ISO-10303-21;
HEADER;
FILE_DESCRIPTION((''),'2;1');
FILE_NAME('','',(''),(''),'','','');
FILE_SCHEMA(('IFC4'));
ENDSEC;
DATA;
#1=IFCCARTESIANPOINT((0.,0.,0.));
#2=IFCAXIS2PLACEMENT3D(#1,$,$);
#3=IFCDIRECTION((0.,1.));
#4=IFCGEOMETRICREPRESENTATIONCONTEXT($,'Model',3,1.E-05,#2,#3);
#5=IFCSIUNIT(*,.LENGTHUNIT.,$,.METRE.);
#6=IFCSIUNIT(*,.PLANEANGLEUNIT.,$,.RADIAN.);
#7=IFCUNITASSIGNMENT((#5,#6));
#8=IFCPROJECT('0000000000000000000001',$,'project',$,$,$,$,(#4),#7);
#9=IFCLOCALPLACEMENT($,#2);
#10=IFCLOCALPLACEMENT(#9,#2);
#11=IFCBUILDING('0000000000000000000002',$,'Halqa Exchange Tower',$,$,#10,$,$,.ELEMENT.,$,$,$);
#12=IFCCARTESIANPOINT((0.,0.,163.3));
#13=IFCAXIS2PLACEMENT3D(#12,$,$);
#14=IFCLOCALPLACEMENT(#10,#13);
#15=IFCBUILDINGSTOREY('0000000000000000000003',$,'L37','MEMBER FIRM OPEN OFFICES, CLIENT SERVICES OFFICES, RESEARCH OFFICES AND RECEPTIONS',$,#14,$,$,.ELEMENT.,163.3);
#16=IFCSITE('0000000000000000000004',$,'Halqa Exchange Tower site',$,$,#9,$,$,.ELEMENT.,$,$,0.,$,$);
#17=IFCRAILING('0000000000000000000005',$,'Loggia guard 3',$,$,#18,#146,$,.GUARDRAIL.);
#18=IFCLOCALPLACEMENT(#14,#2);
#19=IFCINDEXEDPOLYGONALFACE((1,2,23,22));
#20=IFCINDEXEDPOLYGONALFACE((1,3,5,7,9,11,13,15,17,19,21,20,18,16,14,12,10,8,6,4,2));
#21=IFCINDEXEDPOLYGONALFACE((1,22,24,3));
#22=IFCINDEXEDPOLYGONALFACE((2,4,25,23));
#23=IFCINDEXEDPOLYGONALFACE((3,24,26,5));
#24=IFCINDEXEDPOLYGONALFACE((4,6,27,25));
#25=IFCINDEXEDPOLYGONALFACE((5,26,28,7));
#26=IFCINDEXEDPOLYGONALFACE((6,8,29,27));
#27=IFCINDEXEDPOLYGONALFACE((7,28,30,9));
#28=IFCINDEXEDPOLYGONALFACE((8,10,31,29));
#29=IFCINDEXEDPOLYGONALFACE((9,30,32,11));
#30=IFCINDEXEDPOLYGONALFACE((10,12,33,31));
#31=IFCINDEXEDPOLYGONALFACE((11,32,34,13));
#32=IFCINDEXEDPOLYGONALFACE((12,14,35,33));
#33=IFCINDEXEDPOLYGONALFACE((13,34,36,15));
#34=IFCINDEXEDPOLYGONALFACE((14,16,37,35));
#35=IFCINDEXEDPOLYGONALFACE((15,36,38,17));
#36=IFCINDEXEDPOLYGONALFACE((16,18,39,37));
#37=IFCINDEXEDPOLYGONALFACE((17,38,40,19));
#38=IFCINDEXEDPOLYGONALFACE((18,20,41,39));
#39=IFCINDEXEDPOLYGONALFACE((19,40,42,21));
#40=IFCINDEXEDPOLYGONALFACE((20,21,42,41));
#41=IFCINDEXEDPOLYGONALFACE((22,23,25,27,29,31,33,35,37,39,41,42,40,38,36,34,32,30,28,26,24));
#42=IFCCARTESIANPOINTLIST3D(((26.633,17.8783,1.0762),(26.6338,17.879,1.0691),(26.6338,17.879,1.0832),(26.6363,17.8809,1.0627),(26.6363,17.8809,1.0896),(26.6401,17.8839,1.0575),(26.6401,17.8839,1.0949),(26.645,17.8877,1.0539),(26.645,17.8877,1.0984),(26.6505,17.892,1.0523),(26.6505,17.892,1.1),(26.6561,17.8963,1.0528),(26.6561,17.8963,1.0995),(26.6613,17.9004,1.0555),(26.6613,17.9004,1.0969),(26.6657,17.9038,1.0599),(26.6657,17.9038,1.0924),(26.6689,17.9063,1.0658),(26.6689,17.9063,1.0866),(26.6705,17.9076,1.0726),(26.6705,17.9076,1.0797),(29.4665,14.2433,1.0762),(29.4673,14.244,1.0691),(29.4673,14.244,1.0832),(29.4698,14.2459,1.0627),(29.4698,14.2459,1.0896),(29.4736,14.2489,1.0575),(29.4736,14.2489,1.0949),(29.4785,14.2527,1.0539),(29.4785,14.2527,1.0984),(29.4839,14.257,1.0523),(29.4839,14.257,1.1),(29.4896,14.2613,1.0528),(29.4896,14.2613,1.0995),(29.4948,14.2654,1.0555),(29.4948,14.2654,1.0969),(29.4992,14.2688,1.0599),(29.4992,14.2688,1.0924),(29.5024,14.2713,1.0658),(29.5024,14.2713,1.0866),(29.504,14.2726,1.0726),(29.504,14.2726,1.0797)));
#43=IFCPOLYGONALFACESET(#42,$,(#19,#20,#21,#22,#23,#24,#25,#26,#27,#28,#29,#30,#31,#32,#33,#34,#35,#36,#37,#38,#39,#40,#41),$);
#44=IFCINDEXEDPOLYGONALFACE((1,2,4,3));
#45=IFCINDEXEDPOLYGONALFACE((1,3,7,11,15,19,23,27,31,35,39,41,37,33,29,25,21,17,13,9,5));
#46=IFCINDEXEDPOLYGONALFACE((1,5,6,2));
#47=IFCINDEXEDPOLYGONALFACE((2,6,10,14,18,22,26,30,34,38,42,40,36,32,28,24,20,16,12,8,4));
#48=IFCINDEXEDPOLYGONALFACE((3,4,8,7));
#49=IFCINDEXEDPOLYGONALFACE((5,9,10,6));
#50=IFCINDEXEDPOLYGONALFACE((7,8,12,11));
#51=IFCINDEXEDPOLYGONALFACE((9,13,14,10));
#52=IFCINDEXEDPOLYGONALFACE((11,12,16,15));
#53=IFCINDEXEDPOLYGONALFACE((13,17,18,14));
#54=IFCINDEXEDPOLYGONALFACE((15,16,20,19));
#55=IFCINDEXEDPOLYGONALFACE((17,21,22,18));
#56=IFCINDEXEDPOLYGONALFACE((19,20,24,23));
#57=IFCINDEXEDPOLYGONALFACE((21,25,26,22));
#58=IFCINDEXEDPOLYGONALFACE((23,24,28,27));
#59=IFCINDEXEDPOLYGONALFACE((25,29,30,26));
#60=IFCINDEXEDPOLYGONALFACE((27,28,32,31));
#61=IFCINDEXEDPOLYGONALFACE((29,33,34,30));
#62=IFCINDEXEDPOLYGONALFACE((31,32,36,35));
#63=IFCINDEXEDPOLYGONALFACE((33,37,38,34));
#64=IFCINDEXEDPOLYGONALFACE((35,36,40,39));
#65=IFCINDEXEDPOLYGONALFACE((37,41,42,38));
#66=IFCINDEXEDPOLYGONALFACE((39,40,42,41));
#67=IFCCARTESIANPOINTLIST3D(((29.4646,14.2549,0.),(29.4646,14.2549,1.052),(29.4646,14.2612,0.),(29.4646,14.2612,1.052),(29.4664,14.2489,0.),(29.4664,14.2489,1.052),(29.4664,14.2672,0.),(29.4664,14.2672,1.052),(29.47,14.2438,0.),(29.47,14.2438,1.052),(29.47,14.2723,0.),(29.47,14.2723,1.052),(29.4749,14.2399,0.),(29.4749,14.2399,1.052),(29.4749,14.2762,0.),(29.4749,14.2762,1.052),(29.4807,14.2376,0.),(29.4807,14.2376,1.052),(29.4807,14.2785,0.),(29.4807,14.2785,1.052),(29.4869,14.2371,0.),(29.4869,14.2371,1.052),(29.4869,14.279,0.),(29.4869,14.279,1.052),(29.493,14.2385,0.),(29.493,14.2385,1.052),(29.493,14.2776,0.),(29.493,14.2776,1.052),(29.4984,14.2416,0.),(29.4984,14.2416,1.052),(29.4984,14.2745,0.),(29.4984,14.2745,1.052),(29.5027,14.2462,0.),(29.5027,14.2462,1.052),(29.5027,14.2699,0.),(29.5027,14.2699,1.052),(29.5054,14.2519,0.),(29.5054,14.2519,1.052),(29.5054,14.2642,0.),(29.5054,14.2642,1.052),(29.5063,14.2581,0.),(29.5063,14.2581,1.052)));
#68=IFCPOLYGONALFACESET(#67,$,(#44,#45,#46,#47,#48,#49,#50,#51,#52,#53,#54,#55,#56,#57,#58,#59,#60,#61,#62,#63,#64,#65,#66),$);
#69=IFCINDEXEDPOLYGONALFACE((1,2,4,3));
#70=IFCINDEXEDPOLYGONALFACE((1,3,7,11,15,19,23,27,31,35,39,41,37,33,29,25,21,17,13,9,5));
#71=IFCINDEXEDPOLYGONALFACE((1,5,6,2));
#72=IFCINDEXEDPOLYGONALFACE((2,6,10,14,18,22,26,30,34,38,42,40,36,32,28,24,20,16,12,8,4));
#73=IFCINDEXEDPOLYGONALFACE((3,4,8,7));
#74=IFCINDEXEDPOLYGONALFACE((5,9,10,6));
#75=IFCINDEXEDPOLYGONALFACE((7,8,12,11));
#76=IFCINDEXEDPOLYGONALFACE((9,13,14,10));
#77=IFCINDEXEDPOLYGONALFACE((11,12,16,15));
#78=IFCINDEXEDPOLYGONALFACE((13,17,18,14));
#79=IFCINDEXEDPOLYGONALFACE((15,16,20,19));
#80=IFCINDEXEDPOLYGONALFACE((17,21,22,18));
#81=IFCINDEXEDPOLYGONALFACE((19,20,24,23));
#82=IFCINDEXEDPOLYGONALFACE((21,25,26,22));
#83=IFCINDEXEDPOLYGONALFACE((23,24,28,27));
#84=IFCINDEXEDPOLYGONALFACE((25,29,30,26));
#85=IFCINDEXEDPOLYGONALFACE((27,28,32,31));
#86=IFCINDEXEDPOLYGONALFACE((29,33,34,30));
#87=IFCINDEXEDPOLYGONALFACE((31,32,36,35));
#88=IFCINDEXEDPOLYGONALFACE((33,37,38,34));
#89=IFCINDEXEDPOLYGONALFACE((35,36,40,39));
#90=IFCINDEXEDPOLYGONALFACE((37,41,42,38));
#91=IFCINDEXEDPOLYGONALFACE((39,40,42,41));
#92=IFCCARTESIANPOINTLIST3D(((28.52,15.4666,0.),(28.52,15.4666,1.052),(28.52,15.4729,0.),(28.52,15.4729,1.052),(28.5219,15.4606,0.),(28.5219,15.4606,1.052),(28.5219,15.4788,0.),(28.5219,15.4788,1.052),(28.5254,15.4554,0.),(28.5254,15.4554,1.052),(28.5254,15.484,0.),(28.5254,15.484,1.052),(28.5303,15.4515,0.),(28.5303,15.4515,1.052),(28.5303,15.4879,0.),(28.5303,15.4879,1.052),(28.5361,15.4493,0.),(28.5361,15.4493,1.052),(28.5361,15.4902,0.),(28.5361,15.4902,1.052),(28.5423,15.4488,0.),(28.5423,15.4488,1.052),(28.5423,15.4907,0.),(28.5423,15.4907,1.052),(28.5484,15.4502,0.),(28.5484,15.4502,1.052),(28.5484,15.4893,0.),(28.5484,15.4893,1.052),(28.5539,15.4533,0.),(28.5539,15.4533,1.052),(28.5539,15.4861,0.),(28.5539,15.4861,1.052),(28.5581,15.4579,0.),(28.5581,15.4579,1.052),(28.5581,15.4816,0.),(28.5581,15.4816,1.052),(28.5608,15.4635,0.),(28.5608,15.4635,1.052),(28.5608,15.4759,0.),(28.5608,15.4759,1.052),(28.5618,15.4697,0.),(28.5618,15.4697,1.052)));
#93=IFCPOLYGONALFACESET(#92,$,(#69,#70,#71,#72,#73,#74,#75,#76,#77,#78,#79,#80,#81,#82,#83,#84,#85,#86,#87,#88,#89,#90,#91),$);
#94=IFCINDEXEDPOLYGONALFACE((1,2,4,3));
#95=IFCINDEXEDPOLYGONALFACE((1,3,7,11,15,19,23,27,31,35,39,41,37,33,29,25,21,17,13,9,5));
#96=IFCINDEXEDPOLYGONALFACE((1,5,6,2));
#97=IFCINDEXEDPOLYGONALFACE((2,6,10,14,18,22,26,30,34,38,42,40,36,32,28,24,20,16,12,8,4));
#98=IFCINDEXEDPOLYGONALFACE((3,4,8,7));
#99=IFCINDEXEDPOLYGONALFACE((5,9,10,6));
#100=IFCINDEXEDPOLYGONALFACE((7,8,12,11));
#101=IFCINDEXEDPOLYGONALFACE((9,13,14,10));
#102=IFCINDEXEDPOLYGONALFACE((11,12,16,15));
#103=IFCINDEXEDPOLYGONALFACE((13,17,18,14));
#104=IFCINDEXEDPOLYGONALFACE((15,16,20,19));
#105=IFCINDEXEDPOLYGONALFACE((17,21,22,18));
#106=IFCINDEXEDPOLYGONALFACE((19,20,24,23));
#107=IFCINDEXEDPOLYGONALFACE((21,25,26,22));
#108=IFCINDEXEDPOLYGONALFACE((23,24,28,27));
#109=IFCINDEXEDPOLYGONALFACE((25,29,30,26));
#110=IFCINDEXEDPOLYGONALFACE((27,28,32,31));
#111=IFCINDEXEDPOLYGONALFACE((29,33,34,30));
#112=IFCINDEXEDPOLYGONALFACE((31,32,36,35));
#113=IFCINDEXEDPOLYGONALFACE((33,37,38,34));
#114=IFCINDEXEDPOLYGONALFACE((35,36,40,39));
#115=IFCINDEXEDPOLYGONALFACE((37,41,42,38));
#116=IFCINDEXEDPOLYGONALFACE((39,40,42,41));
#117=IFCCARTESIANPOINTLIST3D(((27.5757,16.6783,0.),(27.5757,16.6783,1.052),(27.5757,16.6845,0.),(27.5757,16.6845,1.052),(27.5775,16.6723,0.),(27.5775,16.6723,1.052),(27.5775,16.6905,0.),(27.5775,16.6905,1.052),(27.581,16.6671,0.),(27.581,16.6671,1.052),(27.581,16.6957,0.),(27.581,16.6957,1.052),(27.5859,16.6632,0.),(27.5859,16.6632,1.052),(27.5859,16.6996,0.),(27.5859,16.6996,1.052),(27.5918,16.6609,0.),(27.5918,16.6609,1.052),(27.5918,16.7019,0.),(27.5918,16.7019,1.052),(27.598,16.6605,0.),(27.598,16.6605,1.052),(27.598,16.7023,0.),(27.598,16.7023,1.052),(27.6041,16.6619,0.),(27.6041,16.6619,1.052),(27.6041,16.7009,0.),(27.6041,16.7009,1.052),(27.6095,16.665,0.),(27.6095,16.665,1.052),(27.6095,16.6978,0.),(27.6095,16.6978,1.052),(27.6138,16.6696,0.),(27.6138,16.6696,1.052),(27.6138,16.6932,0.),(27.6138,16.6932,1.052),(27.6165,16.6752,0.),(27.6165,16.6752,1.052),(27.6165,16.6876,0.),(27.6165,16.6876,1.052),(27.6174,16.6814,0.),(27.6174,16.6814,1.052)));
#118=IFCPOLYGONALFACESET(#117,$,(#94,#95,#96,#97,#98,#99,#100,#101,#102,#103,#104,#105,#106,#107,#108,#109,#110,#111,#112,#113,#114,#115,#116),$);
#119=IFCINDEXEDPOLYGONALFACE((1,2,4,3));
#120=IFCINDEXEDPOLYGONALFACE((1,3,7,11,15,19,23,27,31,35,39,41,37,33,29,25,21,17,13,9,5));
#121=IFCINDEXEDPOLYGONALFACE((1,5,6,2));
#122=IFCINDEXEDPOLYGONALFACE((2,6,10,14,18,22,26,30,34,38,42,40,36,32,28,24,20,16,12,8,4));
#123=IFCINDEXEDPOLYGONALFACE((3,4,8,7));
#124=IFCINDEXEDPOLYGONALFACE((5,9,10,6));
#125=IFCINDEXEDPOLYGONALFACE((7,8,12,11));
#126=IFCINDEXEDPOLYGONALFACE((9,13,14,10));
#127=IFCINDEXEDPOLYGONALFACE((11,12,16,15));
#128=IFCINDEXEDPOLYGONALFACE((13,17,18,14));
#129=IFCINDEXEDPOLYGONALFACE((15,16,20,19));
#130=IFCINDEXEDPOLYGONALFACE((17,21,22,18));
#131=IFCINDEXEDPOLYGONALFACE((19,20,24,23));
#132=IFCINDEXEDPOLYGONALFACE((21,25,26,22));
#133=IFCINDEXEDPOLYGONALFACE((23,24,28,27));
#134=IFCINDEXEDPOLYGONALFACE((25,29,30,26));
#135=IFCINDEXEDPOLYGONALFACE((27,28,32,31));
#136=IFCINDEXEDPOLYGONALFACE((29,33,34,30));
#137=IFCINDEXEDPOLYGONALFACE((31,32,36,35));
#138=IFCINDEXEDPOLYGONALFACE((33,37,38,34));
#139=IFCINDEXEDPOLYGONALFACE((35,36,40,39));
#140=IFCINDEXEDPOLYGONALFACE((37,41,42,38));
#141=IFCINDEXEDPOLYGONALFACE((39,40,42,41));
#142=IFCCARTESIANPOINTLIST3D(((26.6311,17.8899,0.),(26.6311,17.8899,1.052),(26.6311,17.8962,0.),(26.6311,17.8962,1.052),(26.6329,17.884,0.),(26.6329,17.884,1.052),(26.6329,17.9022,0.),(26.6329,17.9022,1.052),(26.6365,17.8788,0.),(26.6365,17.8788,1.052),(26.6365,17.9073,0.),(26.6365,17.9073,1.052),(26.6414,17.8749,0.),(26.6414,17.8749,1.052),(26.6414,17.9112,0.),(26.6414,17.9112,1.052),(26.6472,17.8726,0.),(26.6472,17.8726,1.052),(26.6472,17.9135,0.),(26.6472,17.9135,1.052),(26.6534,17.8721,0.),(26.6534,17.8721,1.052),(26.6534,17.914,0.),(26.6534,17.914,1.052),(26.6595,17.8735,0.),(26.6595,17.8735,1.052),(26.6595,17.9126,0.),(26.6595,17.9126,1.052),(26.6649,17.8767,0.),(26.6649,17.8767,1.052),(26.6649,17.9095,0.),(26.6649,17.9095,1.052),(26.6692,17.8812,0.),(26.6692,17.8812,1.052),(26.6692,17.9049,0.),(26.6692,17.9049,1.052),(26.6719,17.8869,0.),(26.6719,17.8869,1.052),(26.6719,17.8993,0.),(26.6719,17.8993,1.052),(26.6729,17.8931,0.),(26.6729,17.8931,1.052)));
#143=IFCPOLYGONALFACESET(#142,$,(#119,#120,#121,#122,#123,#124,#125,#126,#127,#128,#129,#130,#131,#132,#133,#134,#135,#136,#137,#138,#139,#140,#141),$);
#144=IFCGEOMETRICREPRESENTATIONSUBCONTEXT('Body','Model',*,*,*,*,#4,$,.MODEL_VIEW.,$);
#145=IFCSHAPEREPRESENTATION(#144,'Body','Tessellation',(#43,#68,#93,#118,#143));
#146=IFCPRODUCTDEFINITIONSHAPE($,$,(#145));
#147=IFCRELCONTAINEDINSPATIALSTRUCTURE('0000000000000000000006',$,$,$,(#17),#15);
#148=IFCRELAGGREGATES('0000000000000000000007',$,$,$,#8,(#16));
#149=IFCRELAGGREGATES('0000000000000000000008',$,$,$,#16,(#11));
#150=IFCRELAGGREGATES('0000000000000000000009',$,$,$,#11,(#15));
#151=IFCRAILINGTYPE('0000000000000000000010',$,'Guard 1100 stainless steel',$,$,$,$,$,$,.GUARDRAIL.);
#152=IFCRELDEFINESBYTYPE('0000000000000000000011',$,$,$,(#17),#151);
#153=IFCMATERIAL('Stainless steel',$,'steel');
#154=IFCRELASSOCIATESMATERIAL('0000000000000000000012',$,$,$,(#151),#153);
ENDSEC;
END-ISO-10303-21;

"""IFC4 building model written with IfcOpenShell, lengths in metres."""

from ifc_helpers import new_model, si_unit, direction, frame, origin, origin_2d, place, context, subcontext, project, spatial, circle, extrude, material, type_object, element, save


model = new_model("IFC4")

# Units and contexts
model_context = context("Model", 3, precision=1e-05, world=origin(), true_north=direction((0.0, 1.0)))
body_context = subcontext(model_context, "Body", "Model", "MODEL_VIEW")
ifc_project = project(units=[si_unit("LENGTHUNIT", "METRE"), si_unit("PLANEANGLEUNIT", "RADIAN")], contexts=[model_context])

# Site, building, storey
site_placement = place(None, origin())
site = spatial("IfcSite", under=ifc_project, at=site_placement, Name="Halqa Exchange Tower site", CompositionType="ELEMENT", RefElevation=0.0)
building_placement = place(site_placement, origin())
building = spatial("IfcBuilding", under=site, at=building_placement, Name="Halqa Exchange Tower", CompositionType="ELEMENT")
storey_placement = place(building_placement, frame((0.0, 0.0, 163.3)))
storey = spatial("IfcBuildingStorey", under=building, at=storey_placement, Name="L37", Description="MEMBER FIRM OPEN OFFICES, CLIENT SERVICES OFFICES, RESEARCH OFFICES AND RECEPTIONS", CompositionType="ELEMENT", Elevation=163.3)

# Railing
ifc_material_1 = material(Name="Stainless steel", Category="steel")
railing_type = type_object("IfcRailingType", Name="Guard 1100 stainless steel", PredefinedType="GUARDRAIL", material=ifc_material_1)
railing_1_placement = place(storey_placement, frame((29.4854, 14.2581, 0.0)))
element("IfcRailing", 1, at=railing_1_placement, inside=storey, type_object=railing_type, Name="Loggia guard 3", PredefinedType="GUARDRAIL", context=body_context, shape_type="SweptSolid", body=[
    extrude(circle(Radius=0.0239, at=origin_2d()), frame((0.0, 0.0, 1.0762), z_axis=(-0.614787, 0.788693, 0.0), x_axis=(-0.788693, -0.614787, 0.0)), (0.0, 0.0, 1.0), 4.6089),
    extrude(circle(Radius=0.021, at=origin_2d()), origin(), (0.0, 0.0, 1.0), 1.052),
    extrude(circle(Radius=0.021, at=origin_2d()), frame((-0.9446, 1.2117, 0.0)), (0.0, 0.0, 1.0), 1.052),
    extrude(circle(Radius=0.021, at=origin_2d()), frame((-1.8889, 2.4233, 0.0)), (0.0, 0.0, 1.0), 1.052),
    extrude(circle(Radius=0.021, at=origin_2d()), frame((-2.8335, 3.635, 0.0)), (0.0, 0.0, 1.0), 1.052),
])

save(model, "model.ifc")
